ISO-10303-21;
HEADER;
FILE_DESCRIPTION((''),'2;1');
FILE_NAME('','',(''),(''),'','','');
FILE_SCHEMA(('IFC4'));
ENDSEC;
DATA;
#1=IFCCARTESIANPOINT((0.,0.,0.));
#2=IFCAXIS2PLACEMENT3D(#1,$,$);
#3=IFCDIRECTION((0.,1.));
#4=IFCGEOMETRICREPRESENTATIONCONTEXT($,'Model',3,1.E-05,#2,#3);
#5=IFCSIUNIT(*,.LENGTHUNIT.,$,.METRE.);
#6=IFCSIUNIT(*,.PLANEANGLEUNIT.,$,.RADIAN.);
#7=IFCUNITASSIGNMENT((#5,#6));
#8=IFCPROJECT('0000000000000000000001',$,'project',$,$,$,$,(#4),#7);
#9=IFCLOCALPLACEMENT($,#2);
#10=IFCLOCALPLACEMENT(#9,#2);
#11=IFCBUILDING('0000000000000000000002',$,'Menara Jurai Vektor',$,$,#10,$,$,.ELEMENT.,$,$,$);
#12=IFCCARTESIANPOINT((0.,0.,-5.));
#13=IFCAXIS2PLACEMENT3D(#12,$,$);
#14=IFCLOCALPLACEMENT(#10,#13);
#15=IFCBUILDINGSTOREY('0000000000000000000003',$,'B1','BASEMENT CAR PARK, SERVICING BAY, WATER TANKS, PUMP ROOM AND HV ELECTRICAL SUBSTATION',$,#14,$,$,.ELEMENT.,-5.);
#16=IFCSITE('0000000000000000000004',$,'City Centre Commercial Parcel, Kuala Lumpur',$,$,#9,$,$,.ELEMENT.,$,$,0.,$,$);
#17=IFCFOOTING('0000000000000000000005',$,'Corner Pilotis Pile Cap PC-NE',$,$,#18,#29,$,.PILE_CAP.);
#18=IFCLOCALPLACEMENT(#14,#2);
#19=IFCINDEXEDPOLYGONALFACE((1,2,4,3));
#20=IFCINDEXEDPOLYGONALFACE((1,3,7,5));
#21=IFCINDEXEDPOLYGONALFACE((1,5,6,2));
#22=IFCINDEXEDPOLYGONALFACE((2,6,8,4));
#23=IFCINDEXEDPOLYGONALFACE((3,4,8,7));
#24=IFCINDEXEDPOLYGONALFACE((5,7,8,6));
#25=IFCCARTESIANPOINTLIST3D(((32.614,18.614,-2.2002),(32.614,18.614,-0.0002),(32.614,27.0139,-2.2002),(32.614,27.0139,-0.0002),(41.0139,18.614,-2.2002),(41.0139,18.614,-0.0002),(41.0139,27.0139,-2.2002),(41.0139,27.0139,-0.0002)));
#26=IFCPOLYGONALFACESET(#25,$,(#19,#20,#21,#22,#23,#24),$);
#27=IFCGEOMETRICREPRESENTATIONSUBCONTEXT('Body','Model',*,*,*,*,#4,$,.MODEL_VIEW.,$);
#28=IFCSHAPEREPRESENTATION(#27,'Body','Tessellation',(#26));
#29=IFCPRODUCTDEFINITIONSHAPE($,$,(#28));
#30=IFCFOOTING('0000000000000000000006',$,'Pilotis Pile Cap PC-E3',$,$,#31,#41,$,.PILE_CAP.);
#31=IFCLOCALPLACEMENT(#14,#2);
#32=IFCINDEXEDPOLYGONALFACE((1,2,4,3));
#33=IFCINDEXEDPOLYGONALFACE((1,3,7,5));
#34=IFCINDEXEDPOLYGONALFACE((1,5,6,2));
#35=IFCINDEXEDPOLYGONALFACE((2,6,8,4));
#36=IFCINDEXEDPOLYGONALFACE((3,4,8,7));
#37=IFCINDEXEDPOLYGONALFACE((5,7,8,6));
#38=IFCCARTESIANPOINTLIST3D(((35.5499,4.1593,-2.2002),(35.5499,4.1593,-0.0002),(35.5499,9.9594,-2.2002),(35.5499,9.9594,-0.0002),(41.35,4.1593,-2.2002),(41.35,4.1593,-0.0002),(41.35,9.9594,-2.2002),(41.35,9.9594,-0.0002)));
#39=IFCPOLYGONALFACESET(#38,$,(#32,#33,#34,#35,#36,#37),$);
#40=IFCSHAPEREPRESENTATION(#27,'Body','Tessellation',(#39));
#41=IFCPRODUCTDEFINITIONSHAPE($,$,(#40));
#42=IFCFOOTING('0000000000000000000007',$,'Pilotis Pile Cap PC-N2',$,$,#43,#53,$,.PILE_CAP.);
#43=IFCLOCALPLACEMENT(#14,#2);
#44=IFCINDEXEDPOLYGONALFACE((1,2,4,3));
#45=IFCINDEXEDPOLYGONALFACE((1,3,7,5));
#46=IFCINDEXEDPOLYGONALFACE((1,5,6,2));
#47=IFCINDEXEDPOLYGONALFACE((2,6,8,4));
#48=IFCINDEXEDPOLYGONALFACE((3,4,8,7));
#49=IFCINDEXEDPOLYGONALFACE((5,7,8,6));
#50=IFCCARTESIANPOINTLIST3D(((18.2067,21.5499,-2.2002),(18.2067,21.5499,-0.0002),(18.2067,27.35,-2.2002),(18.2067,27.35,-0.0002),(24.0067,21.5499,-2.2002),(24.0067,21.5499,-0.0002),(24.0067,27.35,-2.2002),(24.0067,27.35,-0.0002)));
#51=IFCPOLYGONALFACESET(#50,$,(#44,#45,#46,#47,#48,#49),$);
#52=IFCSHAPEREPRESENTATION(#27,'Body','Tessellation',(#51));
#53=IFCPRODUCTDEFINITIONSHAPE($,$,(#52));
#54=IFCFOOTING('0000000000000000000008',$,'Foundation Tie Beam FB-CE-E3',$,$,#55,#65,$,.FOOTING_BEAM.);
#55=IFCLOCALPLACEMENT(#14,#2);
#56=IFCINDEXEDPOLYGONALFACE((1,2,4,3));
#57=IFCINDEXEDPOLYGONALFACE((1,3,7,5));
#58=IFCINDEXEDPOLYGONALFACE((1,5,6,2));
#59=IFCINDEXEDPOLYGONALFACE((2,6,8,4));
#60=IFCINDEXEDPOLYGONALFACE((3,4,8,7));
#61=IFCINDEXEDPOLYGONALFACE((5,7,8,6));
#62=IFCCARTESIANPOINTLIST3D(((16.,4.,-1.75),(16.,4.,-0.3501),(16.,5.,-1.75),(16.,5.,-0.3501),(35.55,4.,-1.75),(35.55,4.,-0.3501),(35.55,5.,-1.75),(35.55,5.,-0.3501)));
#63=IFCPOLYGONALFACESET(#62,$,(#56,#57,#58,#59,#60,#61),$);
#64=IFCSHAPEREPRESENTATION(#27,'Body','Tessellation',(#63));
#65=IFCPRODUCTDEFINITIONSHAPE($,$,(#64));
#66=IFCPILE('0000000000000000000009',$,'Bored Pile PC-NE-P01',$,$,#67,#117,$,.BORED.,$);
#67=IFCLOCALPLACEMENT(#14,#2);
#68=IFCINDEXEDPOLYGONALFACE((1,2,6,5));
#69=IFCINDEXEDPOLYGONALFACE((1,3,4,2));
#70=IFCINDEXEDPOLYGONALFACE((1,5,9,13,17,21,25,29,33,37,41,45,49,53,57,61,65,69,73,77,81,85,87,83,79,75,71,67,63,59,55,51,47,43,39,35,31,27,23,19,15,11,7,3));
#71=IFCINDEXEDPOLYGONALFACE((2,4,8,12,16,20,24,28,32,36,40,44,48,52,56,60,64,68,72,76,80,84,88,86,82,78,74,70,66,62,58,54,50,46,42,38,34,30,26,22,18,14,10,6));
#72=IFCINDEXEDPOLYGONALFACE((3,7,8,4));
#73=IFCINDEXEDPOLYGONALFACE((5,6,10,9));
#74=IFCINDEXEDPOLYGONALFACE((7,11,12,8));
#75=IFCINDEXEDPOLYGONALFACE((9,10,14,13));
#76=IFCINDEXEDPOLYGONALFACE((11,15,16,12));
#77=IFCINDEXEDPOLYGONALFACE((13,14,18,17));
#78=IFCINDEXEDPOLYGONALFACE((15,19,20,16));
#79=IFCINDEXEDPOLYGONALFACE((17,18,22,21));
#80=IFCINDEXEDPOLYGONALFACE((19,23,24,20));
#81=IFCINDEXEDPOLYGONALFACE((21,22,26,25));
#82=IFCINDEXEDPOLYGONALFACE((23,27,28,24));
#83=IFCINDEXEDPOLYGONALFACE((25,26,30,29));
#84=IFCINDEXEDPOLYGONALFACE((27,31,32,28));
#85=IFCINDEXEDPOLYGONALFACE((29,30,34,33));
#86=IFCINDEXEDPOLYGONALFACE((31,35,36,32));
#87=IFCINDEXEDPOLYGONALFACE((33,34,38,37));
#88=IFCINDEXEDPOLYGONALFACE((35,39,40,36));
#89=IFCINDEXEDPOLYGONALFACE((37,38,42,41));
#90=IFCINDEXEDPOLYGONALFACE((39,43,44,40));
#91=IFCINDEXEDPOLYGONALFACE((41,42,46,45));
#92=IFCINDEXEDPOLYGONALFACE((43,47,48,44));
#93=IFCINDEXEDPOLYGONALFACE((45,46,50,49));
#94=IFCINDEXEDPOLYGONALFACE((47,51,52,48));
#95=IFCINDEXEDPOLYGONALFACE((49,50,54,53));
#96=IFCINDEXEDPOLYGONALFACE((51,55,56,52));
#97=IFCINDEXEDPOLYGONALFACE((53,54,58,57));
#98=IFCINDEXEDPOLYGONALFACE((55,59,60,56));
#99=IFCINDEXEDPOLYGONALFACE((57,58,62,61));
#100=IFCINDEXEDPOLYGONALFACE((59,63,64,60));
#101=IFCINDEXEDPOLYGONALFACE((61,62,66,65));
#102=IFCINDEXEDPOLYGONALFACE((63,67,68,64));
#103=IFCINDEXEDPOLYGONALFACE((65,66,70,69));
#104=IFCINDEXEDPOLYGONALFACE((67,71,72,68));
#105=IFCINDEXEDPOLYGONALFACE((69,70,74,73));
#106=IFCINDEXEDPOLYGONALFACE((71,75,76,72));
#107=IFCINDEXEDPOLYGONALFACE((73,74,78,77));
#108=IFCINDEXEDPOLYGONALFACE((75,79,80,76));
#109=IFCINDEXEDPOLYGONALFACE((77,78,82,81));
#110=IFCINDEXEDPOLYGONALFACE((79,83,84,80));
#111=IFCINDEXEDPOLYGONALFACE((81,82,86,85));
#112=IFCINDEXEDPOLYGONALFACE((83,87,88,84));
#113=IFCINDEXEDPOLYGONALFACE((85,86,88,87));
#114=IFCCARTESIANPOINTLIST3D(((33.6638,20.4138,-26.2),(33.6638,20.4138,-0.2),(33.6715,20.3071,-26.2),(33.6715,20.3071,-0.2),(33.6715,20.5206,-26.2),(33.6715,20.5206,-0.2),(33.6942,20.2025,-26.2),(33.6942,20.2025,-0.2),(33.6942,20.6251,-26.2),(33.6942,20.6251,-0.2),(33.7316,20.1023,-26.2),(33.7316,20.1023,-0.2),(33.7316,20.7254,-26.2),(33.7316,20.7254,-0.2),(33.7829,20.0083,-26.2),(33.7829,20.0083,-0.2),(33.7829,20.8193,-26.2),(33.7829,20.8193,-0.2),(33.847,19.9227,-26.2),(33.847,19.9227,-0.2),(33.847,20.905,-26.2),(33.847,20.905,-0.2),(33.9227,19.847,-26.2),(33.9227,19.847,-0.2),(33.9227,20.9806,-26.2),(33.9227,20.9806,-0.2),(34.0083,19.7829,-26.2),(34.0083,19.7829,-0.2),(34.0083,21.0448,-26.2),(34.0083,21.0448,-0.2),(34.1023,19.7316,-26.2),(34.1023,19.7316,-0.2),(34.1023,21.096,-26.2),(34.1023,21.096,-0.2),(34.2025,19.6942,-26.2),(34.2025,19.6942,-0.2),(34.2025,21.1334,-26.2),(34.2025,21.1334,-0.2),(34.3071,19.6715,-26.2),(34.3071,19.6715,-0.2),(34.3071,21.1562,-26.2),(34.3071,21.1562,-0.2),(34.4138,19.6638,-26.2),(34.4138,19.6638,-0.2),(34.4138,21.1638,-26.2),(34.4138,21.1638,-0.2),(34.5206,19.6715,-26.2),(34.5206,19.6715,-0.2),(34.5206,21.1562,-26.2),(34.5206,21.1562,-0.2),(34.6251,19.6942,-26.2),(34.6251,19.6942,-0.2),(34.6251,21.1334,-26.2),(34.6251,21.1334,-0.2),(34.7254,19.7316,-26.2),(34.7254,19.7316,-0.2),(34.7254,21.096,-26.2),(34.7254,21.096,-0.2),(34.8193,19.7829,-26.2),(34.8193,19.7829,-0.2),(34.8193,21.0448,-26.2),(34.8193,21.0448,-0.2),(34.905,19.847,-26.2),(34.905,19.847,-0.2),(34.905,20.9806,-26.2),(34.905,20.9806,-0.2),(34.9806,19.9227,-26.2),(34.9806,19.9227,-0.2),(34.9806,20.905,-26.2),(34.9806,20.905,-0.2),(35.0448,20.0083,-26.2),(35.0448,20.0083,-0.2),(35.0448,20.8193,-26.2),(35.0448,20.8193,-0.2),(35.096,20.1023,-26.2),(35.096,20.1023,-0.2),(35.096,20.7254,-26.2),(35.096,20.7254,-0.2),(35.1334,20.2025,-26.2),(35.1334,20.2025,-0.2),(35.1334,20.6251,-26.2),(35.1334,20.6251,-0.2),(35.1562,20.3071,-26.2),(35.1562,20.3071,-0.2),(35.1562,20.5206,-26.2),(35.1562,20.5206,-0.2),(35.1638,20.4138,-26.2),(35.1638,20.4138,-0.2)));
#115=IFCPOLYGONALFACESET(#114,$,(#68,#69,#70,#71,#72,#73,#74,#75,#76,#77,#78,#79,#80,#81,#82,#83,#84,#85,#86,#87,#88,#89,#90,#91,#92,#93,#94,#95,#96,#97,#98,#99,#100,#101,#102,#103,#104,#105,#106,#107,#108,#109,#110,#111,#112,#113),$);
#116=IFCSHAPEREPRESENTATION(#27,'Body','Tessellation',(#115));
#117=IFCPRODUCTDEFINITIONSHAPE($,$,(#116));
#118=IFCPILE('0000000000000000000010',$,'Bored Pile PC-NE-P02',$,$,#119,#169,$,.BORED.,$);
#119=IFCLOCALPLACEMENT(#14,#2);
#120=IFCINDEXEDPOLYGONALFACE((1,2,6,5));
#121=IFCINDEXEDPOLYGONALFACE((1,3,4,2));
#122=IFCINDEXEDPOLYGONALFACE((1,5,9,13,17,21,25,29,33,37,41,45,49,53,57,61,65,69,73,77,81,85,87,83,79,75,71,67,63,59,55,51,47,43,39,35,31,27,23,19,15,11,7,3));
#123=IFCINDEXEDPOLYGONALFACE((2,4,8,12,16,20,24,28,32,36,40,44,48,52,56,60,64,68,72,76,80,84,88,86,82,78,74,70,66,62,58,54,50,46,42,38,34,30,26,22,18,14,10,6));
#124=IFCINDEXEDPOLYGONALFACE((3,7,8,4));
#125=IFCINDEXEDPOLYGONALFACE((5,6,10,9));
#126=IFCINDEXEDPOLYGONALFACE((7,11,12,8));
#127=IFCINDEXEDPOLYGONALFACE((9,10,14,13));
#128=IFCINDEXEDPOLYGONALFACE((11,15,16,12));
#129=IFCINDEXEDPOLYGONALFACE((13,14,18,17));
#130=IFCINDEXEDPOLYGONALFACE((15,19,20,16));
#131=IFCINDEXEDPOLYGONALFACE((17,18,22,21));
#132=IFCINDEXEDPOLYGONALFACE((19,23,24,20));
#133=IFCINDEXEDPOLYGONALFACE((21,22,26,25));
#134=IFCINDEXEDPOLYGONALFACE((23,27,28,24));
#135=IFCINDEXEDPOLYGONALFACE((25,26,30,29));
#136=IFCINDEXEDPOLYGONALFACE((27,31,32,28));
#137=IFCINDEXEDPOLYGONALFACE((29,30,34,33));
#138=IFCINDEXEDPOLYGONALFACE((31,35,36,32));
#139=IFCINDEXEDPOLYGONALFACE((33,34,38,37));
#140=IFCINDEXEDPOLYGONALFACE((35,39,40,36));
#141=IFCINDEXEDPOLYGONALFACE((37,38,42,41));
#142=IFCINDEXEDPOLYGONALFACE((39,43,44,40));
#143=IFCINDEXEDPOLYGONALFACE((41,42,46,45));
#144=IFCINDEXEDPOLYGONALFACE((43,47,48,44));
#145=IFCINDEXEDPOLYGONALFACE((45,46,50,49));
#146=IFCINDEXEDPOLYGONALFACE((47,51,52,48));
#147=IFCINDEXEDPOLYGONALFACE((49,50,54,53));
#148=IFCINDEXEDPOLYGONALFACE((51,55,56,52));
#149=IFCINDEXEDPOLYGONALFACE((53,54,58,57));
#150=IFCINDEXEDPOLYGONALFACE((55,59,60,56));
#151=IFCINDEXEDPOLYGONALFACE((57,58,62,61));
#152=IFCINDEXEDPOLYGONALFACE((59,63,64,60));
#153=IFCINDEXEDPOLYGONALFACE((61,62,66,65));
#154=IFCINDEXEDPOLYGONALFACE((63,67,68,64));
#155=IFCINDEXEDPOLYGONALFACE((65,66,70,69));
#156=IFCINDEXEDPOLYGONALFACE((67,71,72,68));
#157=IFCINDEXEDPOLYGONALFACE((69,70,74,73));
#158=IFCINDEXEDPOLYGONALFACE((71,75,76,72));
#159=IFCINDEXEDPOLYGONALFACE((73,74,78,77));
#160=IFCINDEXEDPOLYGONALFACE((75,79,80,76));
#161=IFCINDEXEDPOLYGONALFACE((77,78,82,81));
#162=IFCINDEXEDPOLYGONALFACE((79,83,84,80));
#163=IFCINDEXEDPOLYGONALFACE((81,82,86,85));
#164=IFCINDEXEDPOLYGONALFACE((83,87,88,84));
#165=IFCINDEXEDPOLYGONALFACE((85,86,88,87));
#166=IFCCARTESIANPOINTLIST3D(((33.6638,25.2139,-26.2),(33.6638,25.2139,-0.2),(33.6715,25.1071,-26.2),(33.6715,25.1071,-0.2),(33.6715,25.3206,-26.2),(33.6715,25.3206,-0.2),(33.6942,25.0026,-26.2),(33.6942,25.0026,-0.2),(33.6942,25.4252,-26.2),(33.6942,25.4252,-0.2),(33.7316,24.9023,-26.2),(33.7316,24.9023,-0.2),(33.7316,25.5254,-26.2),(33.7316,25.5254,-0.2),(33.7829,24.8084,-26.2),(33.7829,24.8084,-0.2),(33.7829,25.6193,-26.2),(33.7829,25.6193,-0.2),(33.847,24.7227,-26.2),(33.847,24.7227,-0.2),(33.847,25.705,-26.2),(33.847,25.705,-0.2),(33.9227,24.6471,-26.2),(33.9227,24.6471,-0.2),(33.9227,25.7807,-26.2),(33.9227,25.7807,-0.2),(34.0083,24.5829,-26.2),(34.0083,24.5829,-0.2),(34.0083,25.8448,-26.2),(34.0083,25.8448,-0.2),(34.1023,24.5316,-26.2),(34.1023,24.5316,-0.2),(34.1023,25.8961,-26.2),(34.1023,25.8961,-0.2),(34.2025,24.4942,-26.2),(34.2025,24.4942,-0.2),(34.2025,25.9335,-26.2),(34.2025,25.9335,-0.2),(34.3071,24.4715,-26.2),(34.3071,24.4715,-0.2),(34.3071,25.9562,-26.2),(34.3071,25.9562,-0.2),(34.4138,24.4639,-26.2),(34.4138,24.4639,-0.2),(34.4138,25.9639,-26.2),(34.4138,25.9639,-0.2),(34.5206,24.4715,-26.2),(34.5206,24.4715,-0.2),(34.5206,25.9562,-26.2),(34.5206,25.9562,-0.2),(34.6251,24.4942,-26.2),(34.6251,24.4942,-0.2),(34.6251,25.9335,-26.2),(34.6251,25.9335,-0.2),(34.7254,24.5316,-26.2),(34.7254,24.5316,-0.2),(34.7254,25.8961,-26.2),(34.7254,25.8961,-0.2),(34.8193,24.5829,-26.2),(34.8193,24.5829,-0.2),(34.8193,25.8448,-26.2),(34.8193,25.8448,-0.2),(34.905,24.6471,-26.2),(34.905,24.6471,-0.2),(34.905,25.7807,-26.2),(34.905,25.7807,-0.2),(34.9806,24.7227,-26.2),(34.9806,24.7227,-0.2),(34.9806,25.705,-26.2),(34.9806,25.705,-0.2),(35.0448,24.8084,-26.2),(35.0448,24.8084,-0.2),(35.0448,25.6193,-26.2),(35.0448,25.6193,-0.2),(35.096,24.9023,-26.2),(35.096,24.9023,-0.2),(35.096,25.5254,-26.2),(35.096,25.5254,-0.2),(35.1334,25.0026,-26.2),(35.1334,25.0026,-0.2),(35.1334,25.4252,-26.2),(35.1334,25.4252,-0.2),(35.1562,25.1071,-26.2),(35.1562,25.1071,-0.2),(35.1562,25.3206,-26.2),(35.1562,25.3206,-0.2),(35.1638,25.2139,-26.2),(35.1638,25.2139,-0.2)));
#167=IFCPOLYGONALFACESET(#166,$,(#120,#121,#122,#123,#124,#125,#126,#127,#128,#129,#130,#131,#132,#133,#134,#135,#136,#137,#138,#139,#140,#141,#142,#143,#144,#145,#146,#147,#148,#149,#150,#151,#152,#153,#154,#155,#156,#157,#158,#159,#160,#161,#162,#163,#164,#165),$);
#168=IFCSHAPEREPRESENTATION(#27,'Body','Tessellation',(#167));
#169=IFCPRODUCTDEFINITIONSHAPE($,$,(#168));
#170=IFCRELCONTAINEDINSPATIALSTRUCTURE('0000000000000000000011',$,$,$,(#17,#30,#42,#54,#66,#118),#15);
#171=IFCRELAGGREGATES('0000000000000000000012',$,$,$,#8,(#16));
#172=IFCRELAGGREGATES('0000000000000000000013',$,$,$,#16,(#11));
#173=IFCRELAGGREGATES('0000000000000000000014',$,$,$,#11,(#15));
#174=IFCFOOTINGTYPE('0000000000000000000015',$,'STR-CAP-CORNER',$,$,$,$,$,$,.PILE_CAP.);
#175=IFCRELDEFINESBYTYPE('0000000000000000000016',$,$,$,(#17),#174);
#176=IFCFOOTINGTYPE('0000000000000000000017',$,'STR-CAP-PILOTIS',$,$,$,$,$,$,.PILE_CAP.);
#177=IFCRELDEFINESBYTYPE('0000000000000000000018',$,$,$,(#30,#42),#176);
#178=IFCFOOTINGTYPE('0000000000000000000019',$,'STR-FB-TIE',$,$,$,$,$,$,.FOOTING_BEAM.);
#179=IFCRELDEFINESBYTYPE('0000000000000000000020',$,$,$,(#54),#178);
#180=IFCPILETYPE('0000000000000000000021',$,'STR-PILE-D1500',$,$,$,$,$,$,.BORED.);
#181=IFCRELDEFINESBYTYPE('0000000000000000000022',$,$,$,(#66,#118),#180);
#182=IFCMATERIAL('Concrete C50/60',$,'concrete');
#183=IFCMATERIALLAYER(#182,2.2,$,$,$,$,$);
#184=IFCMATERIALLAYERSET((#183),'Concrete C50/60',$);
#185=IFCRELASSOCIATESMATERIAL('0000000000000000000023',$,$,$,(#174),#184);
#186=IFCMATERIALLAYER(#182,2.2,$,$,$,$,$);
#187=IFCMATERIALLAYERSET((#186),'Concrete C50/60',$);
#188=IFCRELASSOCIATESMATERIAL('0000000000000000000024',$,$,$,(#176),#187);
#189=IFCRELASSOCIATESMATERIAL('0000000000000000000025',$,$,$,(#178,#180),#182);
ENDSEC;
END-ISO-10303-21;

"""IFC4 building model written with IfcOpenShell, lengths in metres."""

from ifc_helpers import new_model, si_unit, direction, frame, origin, origin_2d, place, context, subcontext, project, spatial, rectangle, circle, extrude, material, layer, layer_set, material_profile, profile_set, type_object, element, save


model = new_model("IFC4")

# Units and contexts
model_context = context("Model", 3, precision=1e-05, world=origin(), true_north=direction((0.0, 1.0)))
body_context = subcontext(model_context, "Body", "Model", "MODEL_VIEW")
ifc_project = project(units=[si_unit("LENGTHUNIT", "METRE"), si_unit("PLANEANGLEUNIT", "RADIAN")], contexts=[model_context])

# Site, building, storey
site_placement = place(None, origin())
site = spatial("IfcSite", under=ifc_project, at=site_placement, Name="City Centre Commercial Parcel, Kuala Lumpur", CompositionType="ELEMENT", RefElevation=0.0)
building_placement = place(site_placement, origin())
building = spatial("IfcBuilding", under=site, at=building_placement, Name="Menara Jurai Vektor", CompositionType="ELEMENT")
storey_placement = place(building_placement, frame((0.0, 0.0, -5.0)))
storey = spatial("IfcBuildingStorey", under=building, at=storey_placement, Name="B1", Description="BASEMENT CAR PARK, SERVICING BAY, WATER TANKS, PUMP ROOM AND HV ELECTRICAL SUBSTATION", CompositionType="ELEMENT", Elevation=-5.0)

# Footings
ifc_material_1 = material(Name="Concrete C50/60", Category="concrete")
ifc_layer_1 = layer(ifc_material_1, 2.2)
ifc_layer_set_1 = layer_set([ifc_layer_1], Name="Concrete C50/60")
footing_type_1 = type_object("IfcFootingType", Name="STR-CAP-CORNER", PredefinedType="PILE_CAP", material=ifc_layer_set_1)
footing_1_placement = place(storey_placement, frame((36.814, 22.814, -2.2002), z_axis=(0.0, 0.0, 1.0), x_axis=(1.0, 0.0, 0.0)))
element("IfcFooting", 1, at=footing_1_placement, inside=storey, type_object=footing_type_1, Name="Corner Pilotis Pile Cap PC-NE", PredefinedType="PILE_CAP", context=body_context, shape_type="SweptSolid", body=[
    extrude(rectangle(XDim=8.3999, YDim=8.3999, at=origin_2d()), origin(), (0.0, 0.0, 1.0), 2.2),
])
ifc_layer_2 = layer(ifc_material_1, 2.2)
ifc_layer_set_2 = layer_set([ifc_layer_2], Name="Concrete C50/60")
footing_type_2 = type_object("IfcFootingType", Name="STR-CAP-PILOTIS", PredefinedType="PILE_CAP", material=ifc_layer_set_2)
for number, where, z_axis, x_axis, name in (
    (2, (38.45, 7.0593, -2.2002), (0.0, 0.0, 1.0), (1.0, 0.0, 0.0), "Pilotis Pile Cap PC-E3"),
    (3, (21.1067, 24.45, -2.2002), (0.0, 0.0, 1.0), (1.0, 0.0, 0.0), "Pilotis Pile Cap PC-N2"),
):
    element("IfcFooting", number, at=place(storey_placement, frame(where, z_axis=z_axis, x_axis=x_axis)), inside=storey, type_object=footing_type_2, Name=name, PredefinedType="PILE_CAP", context=body_context, shape_type="SweptSolid", body=[
        extrude(rectangle(XDim=5.8, YDim=5.8, at=origin_2d()), origin(), (0.0, 0.0, 1.0), 2.2),
    ])
ifc_material_profile_1 = material_profile(ifc_material_1, rectangle(XDim=1.0, YDim=1.3999, at=origin_2d()), Name="RC 1000x1400")
ifc_profile_set_1 = profile_set([ifc_material_profile_1], Name="Concrete C50/60")
footing_type_3 = type_object("IfcFootingType", Name="STR-FB-TIE", PredefinedType="FOOTING_BEAM", material=ifc_profile_set_1)
footing_2_placement = place(storey_placement, frame((16.0, 4.5, -1.05), z_axis=(1.0, 0.0, 0.0), x_axis=(0.0, 1.0, 0.0)))
element("IfcFooting", 4, at=footing_2_placement, inside=storey, type_object=footing_type_3, Name="Foundation Tie Beam FB-CE-E3", PredefinedType="FOOTING_BEAM", context=body_context, shape_type="SweptSolid", body=[
    extrude(rectangle(XDim=1.0, YDim=1.3999, at=origin_2d()), origin(), (0.0, 0.0, 1.0), 19.55),
])

# Piles
ifc_material_profile_2 = material_profile(ifc_material_1, circle(Radius=0.75, at=origin_2d()), Name="PILE D1500")
ifc_profile_set_2 = profile_set([ifc_material_profile_2], Name="Concrete C50/60")
pile_type_1 = type_object("IfcPileType", Name="STR-PILE-D1500", PredefinedType="BORED", material=ifc_profile_set_2)
for number, where, z_axis, x_axis, name in (
    (5, (34.4138, 20.4138, -0.2), (0.0, 0.0, -1.0), (1.0, 0.0, 0.0), "Bored Pile PC-NE-P01"),
    (6, (34.4138, 25.2139, -0.2), (0.0, 0.0, -1.0), (1.0, 0.0, 0.0), "Bored Pile PC-NE-P02"),
):
    element("IfcPile", number, at=place(storey_placement, frame(where, z_axis=z_axis, x_axis=x_axis)), inside=storey, type_object=pile_type_1, Name=name, PredefinedType="BORED", context=body_context, shape_type="SweptSolid", body=[
        extrude(circle(Radius=0.75, at=origin_2d()), origin(), (0.0, 0.0, 1.0), 26.0),
    ])

save(model, "model.ifc")
